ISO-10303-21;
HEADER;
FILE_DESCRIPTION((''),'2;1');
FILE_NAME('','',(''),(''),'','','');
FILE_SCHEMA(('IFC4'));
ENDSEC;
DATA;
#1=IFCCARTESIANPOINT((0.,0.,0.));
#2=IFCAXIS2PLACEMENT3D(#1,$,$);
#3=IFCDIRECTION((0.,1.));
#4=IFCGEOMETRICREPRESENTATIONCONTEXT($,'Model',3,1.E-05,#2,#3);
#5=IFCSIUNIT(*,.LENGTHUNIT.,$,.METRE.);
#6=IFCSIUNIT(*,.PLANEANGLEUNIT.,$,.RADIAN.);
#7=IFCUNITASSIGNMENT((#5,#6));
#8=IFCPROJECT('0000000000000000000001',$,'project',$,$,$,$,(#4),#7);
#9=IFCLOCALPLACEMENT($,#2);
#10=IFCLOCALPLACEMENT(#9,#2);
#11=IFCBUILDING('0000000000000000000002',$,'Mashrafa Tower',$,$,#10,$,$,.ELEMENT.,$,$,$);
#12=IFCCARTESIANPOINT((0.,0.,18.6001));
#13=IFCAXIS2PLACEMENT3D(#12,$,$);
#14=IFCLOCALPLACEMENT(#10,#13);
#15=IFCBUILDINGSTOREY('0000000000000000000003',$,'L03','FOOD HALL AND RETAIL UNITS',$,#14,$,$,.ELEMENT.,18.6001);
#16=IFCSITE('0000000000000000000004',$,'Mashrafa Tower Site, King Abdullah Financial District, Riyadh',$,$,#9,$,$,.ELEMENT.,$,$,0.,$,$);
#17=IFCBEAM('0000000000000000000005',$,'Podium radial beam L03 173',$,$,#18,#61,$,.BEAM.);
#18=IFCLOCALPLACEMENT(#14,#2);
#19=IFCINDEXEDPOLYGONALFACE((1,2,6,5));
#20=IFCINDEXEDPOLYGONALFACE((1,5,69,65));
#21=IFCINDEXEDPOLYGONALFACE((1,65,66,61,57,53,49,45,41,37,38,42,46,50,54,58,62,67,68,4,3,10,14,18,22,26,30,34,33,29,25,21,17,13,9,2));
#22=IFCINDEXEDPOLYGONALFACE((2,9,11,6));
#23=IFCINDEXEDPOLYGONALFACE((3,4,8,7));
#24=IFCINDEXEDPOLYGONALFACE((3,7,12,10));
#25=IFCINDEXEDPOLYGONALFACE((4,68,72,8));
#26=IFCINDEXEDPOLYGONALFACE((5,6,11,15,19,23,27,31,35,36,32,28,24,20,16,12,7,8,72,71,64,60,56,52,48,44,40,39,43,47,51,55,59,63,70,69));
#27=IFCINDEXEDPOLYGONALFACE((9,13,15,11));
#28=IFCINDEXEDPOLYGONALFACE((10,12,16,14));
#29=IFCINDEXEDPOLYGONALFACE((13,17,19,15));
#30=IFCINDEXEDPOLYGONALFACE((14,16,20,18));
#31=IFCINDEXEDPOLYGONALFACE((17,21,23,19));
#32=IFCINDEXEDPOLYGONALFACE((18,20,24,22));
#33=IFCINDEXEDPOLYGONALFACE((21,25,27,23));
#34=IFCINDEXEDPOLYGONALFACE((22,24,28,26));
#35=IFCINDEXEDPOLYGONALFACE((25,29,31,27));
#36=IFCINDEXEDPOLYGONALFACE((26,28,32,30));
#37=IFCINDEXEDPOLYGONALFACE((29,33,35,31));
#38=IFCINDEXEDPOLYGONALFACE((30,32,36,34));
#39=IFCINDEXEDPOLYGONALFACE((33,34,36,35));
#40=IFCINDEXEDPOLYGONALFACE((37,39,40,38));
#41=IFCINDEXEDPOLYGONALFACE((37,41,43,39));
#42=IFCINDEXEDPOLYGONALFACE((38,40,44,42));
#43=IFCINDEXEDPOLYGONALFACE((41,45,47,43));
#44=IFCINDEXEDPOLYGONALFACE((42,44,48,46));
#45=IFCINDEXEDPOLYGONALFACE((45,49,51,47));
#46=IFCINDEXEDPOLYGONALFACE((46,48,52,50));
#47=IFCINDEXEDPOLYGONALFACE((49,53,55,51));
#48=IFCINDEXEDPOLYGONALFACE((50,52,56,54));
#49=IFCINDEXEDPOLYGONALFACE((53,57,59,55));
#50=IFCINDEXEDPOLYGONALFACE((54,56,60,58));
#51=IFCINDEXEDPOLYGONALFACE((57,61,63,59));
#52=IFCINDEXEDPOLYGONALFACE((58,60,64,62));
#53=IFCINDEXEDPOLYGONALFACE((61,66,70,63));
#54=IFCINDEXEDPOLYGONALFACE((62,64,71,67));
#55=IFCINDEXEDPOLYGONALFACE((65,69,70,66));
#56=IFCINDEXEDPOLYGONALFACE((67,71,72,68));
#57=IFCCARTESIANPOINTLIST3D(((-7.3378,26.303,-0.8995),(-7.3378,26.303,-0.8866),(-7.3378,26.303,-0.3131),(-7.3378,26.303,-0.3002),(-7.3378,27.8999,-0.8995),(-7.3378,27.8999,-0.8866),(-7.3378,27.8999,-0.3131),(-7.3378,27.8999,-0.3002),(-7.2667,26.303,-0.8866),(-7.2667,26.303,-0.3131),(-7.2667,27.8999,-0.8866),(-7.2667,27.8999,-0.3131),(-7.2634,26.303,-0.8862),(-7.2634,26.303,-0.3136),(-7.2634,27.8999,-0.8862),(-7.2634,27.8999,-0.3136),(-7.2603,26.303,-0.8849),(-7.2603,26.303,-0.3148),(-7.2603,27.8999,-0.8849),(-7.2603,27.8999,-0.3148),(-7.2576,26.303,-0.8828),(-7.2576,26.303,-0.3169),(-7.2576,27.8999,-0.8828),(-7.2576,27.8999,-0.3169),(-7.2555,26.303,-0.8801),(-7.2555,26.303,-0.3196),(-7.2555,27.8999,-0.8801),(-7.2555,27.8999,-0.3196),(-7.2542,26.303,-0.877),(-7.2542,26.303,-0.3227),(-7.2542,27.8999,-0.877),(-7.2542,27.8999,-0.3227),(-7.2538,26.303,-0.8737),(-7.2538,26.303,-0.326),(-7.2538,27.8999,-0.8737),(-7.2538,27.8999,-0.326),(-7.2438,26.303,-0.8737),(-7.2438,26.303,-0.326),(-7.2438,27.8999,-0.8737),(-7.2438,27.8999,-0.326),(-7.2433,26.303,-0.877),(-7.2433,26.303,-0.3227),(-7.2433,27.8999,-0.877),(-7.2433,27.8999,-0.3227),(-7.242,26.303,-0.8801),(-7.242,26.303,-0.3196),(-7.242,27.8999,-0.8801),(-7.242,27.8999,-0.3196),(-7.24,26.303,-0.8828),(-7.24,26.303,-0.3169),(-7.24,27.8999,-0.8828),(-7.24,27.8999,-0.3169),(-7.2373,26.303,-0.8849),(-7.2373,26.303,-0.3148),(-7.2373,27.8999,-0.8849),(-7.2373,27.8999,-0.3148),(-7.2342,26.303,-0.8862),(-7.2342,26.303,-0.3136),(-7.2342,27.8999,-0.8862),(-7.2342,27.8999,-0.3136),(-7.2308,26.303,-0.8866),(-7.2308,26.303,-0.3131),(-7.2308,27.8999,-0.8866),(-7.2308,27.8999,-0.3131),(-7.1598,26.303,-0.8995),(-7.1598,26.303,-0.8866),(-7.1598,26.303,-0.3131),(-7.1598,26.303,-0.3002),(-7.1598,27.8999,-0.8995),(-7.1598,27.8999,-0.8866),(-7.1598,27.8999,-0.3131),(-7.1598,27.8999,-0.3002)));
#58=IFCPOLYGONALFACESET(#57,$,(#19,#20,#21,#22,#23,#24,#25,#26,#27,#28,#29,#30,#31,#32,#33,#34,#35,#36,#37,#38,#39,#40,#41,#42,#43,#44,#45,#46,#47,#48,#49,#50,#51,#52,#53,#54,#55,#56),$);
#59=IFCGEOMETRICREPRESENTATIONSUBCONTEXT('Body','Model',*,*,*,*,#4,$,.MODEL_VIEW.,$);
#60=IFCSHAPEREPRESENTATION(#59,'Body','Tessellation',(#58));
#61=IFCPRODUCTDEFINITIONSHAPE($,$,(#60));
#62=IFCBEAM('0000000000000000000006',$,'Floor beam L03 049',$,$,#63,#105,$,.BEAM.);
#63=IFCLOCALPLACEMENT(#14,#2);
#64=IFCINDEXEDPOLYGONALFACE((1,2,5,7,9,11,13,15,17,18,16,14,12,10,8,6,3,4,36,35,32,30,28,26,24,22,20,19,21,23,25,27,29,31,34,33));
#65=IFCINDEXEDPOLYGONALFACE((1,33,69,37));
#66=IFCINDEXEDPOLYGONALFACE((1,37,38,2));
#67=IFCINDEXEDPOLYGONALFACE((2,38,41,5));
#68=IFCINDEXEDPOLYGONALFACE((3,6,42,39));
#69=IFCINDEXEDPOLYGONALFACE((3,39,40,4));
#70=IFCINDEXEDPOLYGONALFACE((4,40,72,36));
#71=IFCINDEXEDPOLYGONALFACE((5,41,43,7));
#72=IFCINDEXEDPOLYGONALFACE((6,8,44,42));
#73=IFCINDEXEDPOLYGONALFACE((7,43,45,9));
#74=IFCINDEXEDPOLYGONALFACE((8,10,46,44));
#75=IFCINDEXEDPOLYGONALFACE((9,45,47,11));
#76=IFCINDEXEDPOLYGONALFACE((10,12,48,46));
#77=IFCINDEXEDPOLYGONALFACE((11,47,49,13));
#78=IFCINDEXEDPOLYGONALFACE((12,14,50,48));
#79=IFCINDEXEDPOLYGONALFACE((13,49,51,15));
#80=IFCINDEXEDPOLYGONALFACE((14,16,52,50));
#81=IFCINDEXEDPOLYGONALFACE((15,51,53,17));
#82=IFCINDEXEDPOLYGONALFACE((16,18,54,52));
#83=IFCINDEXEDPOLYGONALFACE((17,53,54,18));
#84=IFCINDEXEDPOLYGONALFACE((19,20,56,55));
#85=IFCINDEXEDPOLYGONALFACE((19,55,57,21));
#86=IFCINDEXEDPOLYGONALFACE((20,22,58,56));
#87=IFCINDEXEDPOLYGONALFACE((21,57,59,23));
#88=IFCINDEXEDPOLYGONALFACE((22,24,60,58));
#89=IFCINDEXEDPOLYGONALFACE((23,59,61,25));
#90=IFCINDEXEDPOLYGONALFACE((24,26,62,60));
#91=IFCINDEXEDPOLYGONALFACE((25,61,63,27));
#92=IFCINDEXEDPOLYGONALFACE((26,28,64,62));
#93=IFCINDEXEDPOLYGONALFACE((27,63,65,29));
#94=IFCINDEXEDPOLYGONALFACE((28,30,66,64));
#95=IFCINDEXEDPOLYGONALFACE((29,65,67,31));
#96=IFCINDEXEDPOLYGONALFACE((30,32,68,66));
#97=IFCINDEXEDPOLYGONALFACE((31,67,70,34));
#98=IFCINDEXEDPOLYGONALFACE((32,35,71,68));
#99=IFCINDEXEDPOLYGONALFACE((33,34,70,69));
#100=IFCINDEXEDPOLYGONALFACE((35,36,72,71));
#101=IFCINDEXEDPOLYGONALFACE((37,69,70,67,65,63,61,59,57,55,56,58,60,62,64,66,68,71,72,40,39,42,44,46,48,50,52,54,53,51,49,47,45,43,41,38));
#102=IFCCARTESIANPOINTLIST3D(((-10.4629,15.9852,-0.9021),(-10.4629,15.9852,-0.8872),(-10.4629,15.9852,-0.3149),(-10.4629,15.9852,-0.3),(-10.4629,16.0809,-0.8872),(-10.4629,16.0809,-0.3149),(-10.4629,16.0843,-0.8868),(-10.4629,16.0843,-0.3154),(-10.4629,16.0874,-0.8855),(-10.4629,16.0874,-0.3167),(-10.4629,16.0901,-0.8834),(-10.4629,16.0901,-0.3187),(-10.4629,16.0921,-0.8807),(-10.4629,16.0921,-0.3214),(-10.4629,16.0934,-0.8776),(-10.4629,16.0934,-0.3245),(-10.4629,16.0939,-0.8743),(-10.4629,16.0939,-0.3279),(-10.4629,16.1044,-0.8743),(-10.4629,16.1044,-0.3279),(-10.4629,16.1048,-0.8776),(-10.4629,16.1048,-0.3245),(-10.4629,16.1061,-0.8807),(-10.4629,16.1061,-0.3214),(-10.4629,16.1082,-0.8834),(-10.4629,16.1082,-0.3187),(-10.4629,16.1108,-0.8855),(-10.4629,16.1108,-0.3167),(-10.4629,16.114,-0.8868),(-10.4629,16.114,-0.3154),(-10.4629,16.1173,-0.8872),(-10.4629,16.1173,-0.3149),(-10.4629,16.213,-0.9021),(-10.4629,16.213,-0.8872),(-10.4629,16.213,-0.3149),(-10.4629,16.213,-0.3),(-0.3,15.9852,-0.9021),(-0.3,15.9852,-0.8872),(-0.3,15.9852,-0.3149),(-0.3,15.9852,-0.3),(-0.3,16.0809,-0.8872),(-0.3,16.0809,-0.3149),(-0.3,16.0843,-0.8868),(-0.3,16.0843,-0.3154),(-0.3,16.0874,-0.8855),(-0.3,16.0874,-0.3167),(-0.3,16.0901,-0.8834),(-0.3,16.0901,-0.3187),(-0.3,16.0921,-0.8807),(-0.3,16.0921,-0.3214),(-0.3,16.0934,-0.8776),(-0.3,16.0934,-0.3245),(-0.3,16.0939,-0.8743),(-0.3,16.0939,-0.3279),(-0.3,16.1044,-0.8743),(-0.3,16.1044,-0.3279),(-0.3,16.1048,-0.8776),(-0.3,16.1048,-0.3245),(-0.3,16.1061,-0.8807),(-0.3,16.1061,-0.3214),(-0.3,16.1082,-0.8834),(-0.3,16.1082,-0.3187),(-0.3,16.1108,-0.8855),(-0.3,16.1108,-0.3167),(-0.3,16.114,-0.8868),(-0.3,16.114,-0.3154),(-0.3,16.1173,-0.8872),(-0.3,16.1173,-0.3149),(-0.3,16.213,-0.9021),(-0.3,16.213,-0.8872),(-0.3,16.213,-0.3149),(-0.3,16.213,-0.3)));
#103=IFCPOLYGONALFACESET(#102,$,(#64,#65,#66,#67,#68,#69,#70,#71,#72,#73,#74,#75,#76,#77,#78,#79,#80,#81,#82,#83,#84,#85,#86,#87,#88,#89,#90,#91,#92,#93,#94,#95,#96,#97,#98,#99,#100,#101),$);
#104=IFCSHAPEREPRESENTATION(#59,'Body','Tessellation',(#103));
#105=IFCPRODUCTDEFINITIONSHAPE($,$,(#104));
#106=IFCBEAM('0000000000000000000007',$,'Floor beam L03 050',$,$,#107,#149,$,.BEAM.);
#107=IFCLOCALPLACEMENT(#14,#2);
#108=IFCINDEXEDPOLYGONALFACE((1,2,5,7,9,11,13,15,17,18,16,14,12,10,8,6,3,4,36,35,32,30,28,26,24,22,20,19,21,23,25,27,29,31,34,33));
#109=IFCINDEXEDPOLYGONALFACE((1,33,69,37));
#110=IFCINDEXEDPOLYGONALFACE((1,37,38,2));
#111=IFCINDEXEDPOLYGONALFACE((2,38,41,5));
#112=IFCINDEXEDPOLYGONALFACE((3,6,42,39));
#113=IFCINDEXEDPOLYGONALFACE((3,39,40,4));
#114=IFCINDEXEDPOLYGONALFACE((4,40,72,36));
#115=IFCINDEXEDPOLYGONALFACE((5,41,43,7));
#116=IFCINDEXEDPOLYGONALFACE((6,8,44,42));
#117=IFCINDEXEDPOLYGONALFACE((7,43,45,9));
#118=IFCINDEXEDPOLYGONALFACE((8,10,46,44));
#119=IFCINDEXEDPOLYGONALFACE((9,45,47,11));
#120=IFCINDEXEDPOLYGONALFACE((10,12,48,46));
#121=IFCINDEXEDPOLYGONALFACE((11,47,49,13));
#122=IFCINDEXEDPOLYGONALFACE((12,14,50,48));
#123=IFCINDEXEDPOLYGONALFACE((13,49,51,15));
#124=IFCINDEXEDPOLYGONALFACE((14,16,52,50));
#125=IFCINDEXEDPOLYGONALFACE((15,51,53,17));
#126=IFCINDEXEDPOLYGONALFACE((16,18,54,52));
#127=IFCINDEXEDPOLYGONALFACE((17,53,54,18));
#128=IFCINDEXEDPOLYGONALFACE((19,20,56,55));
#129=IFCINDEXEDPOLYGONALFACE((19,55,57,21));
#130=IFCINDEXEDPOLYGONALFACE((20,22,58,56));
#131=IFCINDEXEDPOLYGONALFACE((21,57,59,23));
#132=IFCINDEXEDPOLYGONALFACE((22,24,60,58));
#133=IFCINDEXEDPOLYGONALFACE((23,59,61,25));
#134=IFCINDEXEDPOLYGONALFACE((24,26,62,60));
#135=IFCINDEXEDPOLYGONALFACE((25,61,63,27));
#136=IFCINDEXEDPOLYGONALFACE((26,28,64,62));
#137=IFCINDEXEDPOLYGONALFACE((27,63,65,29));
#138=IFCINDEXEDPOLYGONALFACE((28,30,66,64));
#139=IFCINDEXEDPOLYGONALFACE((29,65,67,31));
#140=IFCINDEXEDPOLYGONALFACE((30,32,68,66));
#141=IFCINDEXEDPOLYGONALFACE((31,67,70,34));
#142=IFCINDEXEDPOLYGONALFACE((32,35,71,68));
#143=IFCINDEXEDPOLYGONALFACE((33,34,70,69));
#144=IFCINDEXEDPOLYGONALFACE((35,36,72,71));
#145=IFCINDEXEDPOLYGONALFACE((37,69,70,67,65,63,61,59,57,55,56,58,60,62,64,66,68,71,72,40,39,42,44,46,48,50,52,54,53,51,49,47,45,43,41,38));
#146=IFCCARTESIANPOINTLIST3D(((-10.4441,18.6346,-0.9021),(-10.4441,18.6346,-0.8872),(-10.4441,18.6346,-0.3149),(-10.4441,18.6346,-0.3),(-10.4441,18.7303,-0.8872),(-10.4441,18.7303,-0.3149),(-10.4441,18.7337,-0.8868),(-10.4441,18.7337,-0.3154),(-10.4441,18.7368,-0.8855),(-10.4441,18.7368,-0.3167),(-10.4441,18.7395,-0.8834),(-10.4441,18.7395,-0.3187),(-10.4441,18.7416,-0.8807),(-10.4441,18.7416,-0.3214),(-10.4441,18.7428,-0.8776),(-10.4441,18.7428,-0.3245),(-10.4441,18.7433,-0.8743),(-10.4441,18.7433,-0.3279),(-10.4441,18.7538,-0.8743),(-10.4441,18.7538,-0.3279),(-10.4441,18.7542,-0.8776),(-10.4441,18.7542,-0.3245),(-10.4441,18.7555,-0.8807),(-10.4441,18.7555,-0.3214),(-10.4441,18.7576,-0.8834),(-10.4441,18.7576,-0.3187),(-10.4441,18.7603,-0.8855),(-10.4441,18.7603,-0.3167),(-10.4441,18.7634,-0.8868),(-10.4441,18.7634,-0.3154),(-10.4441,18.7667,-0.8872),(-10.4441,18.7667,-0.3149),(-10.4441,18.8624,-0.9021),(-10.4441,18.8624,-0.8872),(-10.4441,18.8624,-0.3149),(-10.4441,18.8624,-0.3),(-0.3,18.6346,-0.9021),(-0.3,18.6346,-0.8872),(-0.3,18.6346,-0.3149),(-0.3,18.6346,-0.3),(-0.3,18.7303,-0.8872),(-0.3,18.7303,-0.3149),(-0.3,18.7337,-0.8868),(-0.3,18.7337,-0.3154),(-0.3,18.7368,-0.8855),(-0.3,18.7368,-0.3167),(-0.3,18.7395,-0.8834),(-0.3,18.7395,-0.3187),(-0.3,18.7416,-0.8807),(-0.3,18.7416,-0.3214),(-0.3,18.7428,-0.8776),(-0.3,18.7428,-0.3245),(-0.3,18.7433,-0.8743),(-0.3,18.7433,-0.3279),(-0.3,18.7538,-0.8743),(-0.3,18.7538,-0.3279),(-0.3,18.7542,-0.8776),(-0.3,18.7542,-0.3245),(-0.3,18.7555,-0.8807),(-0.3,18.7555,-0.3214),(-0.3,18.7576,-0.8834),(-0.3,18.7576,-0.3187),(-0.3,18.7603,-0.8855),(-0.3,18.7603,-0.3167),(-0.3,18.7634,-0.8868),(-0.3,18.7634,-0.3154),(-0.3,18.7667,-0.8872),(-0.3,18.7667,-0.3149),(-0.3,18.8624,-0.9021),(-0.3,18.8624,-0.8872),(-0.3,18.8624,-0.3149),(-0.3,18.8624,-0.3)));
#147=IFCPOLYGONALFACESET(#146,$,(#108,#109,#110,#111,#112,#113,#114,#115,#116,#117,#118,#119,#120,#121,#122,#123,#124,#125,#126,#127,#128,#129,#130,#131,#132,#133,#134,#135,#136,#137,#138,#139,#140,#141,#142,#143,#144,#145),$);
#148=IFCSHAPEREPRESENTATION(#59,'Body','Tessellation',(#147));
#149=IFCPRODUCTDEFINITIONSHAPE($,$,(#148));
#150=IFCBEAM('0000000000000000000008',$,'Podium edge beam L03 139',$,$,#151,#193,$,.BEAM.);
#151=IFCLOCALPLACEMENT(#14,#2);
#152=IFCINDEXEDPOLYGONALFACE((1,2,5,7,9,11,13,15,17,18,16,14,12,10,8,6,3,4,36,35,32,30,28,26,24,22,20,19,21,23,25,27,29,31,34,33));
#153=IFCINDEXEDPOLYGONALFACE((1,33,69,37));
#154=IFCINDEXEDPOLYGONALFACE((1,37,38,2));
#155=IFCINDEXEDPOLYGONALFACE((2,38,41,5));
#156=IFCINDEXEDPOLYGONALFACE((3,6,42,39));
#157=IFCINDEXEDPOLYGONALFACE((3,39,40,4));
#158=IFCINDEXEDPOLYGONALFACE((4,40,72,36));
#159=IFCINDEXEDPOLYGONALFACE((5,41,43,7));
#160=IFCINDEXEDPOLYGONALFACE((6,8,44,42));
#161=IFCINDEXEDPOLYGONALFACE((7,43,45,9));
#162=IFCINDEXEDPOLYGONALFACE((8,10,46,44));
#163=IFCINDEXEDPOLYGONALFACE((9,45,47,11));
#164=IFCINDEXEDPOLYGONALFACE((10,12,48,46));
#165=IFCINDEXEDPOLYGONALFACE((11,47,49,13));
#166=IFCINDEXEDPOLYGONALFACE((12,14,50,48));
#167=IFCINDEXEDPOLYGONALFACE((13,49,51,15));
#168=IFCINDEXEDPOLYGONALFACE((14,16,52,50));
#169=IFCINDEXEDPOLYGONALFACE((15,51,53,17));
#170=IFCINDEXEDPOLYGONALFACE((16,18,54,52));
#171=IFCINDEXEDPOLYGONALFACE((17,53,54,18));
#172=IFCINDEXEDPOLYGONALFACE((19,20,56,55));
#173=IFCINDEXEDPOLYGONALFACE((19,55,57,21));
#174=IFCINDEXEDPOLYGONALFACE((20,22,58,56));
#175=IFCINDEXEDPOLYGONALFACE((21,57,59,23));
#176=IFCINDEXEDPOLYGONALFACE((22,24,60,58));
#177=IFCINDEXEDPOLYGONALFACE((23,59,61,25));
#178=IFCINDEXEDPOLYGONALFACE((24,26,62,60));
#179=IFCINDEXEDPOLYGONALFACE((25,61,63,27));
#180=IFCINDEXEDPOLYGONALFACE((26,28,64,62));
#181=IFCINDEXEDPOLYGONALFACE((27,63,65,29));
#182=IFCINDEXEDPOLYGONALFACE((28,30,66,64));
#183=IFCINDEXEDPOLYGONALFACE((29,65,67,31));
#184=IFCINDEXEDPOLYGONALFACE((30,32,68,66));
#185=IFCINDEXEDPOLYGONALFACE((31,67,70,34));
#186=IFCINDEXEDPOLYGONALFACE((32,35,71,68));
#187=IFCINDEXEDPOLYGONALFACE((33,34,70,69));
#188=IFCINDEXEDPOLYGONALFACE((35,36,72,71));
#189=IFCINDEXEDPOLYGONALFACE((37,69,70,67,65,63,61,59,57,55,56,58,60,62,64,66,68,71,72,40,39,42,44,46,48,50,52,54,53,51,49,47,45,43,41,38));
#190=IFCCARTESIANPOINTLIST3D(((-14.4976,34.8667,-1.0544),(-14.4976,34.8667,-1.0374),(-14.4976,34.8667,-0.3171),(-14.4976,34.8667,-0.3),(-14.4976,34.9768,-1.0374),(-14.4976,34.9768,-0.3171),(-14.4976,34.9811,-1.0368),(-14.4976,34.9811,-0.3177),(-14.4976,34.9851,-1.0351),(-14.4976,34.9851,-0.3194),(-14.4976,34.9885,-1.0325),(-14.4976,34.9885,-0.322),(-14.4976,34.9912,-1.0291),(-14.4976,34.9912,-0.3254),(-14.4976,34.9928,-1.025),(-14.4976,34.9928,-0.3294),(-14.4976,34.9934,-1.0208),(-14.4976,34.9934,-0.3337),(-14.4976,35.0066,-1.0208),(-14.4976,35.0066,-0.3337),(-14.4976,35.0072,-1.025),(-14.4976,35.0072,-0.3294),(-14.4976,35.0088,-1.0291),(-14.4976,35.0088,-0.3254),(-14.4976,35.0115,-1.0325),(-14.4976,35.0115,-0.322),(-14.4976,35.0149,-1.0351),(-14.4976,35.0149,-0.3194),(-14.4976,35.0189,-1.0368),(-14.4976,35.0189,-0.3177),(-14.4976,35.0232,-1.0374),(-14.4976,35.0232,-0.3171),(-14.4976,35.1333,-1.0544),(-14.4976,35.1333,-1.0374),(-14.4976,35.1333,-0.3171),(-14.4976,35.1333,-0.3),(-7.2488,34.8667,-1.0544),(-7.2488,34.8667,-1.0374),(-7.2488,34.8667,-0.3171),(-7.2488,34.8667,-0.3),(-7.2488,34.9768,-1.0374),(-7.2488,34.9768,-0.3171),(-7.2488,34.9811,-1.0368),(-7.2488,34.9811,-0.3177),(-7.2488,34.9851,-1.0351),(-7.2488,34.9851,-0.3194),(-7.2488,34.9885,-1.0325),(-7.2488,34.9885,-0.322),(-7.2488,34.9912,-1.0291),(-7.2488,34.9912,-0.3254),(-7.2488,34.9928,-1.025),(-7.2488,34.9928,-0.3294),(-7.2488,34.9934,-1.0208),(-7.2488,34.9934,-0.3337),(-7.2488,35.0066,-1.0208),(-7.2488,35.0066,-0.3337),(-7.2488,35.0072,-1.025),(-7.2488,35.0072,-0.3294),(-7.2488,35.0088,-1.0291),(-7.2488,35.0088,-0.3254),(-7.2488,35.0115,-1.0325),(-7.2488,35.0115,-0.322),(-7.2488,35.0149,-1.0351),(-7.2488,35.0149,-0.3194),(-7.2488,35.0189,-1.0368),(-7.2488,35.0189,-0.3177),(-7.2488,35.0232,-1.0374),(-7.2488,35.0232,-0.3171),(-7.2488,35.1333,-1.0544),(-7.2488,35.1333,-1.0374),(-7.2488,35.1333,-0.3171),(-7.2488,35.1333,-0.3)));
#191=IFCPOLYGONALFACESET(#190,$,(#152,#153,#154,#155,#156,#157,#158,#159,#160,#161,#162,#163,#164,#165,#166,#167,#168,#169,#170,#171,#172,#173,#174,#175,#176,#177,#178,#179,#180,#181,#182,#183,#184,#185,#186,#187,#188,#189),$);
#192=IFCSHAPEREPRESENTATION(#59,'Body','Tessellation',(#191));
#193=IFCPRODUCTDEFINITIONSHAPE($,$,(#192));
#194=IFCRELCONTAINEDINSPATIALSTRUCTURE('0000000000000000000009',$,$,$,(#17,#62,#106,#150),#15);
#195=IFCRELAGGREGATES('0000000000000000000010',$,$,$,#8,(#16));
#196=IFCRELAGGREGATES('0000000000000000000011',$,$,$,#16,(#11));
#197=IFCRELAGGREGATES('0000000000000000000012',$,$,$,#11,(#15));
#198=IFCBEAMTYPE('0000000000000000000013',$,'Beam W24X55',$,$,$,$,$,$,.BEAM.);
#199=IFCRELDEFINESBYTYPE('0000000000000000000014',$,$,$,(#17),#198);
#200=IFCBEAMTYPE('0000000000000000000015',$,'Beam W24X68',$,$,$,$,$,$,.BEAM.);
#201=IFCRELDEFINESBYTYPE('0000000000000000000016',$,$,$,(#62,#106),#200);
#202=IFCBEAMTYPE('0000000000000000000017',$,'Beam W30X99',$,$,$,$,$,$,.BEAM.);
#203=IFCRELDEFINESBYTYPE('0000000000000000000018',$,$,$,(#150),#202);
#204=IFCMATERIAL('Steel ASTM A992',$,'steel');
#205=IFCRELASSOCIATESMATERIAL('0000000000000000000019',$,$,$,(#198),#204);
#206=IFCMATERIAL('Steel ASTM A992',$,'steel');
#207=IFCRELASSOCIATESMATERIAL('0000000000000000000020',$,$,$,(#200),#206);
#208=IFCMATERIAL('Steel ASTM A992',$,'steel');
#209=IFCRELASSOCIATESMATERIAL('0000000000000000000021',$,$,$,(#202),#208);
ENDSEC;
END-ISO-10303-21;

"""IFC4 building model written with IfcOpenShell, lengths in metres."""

from ifc_helpers import new_model, si_unit, direction, frame, origin, origin_2d, place, context, subcontext, project, spatial, i_section, extrude, material, material_profile, profile_set, type_object, element, save


model = new_model("IFC4")

# Units and contexts
model_context = context("Model", 3, precision=1e-05, world=origin(), true_north=direction((0.0, 1.0)))
body_context = subcontext(model_context, "Body", "Model", "MODEL_VIEW")
ifc_project = project(units=[si_unit("LENGTHUNIT", "METRE"), si_unit("PLANEANGLEUNIT", "RADIAN")], contexts=[model_context])

# Site, building, storey
site_placement = place(None, origin())
site = spatial("IfcSite", under=ifc_project, at=site_placement, Name="Mashrafa Tower Site, King Abdullah Financial District, Riyadh", CompositionType="ELEMENT", RefElevation=0.0)
building_placement = place(site_placement, origin())
building = spatial("IfcBuilding", under=site, at=building_placement, Name="Mashrafa Tower", CompositionType="ELEMENT")
storey_placement = place(building_placement, frame((0.0, 0.0, 18.6001)))
storey = spatial("IfcBuildingStorey", under=building, at=storey_placement, Name="L03", Description="FOOD HALL AND RETAIL UNITS", CompositionType="ELEMENT", Elevation=18.6001)

# Beams
ifc_material_1 = material(Name="Steel ASTM A992", Category="steel")
ifc_material_profile_1 = material_profile(ifc_material_1, i_section(OverallWidth=0.178, OverallDepth=0.5994, WebThickness=0.01, FlangeThickness=0.0129, FilletRadius=0.0129, at=origin_2d()), Name="W24X55")
ifc_profile_set_1 = profile_set([ifc_material_profile_1], Name="Steel ASTM A992")
beam_type_1 = type_object("IfcBeamType", Name="Beam W24X55", PredefinedType="BEAM", material=ifc_profile_set_1)
beam_1_placement = place(storey_placement, frame((-7.2488, 26.303, -0.5999), z_axis=(0.0, 1.0, 0.0), x_axis=(-1.0, 0.0, 0.0)))
element("IfcBeam", 1, at=beam_1_placement, inside=storey, type_object=beam_type_1, Name="Podium radial beam L03 173", PredefinedType="BEAM", context=body_context, shape_type="SweptSolid", body=[
    extrude(i_section(OverallWidth=0.178, OverallDepth=0.5994, WebThickness=0.01, FlangeThickness=0.0129, FilletRadius=0.0129, at=origin_2d()), origin(), (0.0, 0.0, 1.0), 1.5969),
])
ifc_material_2 = material(Name="Steel ASTM A992", Category="steel")
ifc_material_profile_2 = material_profile(ifc_material_2, i_section(OverallWidth=0.2278, OverallDepth=0.6021, WebThickness=0.0105, FlangeThickness=0.0149, FilletRadius=0.0129, at=origin_2d()), Name="W24X68")
ifc_profile_set_2 = profile_set([ifc_material_profile_2], Name="Steel ASTM A992")
beam_type_2 = type_object("IfcBeamType", Name="Beam W24X68", PredefinedType="BEAM", material=ifc_profile_set_2)
beam_2_placement = place(storey_placement, frame((-10.4629, 16.0991, -0.6011), z_axis=(1.0, 0.0, 0.0), x_axis=(0.0, 1.0, 0.0)))
element("IfcBeam", 2, at=beam_2_placement, inside=storey, type_object=beam_type_2, Name="Floor beam L03 049", PredefinedType="BEAM", context=body_context, shape_type="SweptSolid", body=[
    extrude(i_section(OverallWidth=0.2278, OverallDepth=0.6021, WebThickness=0.0105, FlangeThickness=0.0149, FilletRadius=0.0129, at=origin_2d()), origin(), (0.0, 0.0, 1.0), 10.1628),
])
beam_3_placement = place(storey_placement, frame((-10.4441, 18.7485, -0.6011), z_axis=(1.0, 0.0, 0.0), x_axis=(0.0, 1.0, 0.0)))
element("IfcBeam", 3, at=beam_3_placement, inside=storey, type_object=beam_type_2, Name="Floor beam L03 050", PredefinedType="BEAM", context=body_context, shape_type="SweptSolid", body=[
    extrude(i_section(OverallWidth=0.2278, OverallDepth=0.6021, WebThickness=0.0105, FlangeThickness=0.0149, FilletRadius=0.0129, at=origin_2d()), origin(), (0.0, 0.0, 1.0), 10.144),
])
ifc_material_3 = material(Name="Steel ASTM A992", Category="steel")
ifc_material_profile_3 = material_profile(ifc_material_3, i_section(OverallWidth=0.2666, OverallDepth=0.7544, WebThickness=0.0132, FlangeThickness=0.0171, FilletRadius=0.0166, at=origin_2d()), Name="W30X99")
ifc_profile_set_3 = profile_set([ifc_material_profile_3], Name="Steel ASTM A992")
beam_type_3 = type_object("IfcBeamType", Name="Beam W30X99", PredefinedType="BEAM", material=ifc_profile_set_3)
beam_4_placement = place(storey_placement, frame((-7.2488, 35.0, -0.6772), z_axis=(-1.0, 0.0, 0.0), x_axis=(0.0, -1.0, 0.0)))
element("IfcBeam", 4, at=beam_4_placement, inside=storey, type_object=beam_type_3, Name="Podium edge beam L03 139", PredefinedType="BEAM", context=body_context, shape_type="SweptSolid", body=[
    extrude(i_section(OverallWidth=0.2666, OverallDepth=0.7544, WebThickness=0.0132, FlangeThickness=0.0171, FilletRadius=0.0166, at=origin_2d()), origin(), (0.0, 0.0, 1.0), 7.2488),
])

save(model, "model.ifc")
